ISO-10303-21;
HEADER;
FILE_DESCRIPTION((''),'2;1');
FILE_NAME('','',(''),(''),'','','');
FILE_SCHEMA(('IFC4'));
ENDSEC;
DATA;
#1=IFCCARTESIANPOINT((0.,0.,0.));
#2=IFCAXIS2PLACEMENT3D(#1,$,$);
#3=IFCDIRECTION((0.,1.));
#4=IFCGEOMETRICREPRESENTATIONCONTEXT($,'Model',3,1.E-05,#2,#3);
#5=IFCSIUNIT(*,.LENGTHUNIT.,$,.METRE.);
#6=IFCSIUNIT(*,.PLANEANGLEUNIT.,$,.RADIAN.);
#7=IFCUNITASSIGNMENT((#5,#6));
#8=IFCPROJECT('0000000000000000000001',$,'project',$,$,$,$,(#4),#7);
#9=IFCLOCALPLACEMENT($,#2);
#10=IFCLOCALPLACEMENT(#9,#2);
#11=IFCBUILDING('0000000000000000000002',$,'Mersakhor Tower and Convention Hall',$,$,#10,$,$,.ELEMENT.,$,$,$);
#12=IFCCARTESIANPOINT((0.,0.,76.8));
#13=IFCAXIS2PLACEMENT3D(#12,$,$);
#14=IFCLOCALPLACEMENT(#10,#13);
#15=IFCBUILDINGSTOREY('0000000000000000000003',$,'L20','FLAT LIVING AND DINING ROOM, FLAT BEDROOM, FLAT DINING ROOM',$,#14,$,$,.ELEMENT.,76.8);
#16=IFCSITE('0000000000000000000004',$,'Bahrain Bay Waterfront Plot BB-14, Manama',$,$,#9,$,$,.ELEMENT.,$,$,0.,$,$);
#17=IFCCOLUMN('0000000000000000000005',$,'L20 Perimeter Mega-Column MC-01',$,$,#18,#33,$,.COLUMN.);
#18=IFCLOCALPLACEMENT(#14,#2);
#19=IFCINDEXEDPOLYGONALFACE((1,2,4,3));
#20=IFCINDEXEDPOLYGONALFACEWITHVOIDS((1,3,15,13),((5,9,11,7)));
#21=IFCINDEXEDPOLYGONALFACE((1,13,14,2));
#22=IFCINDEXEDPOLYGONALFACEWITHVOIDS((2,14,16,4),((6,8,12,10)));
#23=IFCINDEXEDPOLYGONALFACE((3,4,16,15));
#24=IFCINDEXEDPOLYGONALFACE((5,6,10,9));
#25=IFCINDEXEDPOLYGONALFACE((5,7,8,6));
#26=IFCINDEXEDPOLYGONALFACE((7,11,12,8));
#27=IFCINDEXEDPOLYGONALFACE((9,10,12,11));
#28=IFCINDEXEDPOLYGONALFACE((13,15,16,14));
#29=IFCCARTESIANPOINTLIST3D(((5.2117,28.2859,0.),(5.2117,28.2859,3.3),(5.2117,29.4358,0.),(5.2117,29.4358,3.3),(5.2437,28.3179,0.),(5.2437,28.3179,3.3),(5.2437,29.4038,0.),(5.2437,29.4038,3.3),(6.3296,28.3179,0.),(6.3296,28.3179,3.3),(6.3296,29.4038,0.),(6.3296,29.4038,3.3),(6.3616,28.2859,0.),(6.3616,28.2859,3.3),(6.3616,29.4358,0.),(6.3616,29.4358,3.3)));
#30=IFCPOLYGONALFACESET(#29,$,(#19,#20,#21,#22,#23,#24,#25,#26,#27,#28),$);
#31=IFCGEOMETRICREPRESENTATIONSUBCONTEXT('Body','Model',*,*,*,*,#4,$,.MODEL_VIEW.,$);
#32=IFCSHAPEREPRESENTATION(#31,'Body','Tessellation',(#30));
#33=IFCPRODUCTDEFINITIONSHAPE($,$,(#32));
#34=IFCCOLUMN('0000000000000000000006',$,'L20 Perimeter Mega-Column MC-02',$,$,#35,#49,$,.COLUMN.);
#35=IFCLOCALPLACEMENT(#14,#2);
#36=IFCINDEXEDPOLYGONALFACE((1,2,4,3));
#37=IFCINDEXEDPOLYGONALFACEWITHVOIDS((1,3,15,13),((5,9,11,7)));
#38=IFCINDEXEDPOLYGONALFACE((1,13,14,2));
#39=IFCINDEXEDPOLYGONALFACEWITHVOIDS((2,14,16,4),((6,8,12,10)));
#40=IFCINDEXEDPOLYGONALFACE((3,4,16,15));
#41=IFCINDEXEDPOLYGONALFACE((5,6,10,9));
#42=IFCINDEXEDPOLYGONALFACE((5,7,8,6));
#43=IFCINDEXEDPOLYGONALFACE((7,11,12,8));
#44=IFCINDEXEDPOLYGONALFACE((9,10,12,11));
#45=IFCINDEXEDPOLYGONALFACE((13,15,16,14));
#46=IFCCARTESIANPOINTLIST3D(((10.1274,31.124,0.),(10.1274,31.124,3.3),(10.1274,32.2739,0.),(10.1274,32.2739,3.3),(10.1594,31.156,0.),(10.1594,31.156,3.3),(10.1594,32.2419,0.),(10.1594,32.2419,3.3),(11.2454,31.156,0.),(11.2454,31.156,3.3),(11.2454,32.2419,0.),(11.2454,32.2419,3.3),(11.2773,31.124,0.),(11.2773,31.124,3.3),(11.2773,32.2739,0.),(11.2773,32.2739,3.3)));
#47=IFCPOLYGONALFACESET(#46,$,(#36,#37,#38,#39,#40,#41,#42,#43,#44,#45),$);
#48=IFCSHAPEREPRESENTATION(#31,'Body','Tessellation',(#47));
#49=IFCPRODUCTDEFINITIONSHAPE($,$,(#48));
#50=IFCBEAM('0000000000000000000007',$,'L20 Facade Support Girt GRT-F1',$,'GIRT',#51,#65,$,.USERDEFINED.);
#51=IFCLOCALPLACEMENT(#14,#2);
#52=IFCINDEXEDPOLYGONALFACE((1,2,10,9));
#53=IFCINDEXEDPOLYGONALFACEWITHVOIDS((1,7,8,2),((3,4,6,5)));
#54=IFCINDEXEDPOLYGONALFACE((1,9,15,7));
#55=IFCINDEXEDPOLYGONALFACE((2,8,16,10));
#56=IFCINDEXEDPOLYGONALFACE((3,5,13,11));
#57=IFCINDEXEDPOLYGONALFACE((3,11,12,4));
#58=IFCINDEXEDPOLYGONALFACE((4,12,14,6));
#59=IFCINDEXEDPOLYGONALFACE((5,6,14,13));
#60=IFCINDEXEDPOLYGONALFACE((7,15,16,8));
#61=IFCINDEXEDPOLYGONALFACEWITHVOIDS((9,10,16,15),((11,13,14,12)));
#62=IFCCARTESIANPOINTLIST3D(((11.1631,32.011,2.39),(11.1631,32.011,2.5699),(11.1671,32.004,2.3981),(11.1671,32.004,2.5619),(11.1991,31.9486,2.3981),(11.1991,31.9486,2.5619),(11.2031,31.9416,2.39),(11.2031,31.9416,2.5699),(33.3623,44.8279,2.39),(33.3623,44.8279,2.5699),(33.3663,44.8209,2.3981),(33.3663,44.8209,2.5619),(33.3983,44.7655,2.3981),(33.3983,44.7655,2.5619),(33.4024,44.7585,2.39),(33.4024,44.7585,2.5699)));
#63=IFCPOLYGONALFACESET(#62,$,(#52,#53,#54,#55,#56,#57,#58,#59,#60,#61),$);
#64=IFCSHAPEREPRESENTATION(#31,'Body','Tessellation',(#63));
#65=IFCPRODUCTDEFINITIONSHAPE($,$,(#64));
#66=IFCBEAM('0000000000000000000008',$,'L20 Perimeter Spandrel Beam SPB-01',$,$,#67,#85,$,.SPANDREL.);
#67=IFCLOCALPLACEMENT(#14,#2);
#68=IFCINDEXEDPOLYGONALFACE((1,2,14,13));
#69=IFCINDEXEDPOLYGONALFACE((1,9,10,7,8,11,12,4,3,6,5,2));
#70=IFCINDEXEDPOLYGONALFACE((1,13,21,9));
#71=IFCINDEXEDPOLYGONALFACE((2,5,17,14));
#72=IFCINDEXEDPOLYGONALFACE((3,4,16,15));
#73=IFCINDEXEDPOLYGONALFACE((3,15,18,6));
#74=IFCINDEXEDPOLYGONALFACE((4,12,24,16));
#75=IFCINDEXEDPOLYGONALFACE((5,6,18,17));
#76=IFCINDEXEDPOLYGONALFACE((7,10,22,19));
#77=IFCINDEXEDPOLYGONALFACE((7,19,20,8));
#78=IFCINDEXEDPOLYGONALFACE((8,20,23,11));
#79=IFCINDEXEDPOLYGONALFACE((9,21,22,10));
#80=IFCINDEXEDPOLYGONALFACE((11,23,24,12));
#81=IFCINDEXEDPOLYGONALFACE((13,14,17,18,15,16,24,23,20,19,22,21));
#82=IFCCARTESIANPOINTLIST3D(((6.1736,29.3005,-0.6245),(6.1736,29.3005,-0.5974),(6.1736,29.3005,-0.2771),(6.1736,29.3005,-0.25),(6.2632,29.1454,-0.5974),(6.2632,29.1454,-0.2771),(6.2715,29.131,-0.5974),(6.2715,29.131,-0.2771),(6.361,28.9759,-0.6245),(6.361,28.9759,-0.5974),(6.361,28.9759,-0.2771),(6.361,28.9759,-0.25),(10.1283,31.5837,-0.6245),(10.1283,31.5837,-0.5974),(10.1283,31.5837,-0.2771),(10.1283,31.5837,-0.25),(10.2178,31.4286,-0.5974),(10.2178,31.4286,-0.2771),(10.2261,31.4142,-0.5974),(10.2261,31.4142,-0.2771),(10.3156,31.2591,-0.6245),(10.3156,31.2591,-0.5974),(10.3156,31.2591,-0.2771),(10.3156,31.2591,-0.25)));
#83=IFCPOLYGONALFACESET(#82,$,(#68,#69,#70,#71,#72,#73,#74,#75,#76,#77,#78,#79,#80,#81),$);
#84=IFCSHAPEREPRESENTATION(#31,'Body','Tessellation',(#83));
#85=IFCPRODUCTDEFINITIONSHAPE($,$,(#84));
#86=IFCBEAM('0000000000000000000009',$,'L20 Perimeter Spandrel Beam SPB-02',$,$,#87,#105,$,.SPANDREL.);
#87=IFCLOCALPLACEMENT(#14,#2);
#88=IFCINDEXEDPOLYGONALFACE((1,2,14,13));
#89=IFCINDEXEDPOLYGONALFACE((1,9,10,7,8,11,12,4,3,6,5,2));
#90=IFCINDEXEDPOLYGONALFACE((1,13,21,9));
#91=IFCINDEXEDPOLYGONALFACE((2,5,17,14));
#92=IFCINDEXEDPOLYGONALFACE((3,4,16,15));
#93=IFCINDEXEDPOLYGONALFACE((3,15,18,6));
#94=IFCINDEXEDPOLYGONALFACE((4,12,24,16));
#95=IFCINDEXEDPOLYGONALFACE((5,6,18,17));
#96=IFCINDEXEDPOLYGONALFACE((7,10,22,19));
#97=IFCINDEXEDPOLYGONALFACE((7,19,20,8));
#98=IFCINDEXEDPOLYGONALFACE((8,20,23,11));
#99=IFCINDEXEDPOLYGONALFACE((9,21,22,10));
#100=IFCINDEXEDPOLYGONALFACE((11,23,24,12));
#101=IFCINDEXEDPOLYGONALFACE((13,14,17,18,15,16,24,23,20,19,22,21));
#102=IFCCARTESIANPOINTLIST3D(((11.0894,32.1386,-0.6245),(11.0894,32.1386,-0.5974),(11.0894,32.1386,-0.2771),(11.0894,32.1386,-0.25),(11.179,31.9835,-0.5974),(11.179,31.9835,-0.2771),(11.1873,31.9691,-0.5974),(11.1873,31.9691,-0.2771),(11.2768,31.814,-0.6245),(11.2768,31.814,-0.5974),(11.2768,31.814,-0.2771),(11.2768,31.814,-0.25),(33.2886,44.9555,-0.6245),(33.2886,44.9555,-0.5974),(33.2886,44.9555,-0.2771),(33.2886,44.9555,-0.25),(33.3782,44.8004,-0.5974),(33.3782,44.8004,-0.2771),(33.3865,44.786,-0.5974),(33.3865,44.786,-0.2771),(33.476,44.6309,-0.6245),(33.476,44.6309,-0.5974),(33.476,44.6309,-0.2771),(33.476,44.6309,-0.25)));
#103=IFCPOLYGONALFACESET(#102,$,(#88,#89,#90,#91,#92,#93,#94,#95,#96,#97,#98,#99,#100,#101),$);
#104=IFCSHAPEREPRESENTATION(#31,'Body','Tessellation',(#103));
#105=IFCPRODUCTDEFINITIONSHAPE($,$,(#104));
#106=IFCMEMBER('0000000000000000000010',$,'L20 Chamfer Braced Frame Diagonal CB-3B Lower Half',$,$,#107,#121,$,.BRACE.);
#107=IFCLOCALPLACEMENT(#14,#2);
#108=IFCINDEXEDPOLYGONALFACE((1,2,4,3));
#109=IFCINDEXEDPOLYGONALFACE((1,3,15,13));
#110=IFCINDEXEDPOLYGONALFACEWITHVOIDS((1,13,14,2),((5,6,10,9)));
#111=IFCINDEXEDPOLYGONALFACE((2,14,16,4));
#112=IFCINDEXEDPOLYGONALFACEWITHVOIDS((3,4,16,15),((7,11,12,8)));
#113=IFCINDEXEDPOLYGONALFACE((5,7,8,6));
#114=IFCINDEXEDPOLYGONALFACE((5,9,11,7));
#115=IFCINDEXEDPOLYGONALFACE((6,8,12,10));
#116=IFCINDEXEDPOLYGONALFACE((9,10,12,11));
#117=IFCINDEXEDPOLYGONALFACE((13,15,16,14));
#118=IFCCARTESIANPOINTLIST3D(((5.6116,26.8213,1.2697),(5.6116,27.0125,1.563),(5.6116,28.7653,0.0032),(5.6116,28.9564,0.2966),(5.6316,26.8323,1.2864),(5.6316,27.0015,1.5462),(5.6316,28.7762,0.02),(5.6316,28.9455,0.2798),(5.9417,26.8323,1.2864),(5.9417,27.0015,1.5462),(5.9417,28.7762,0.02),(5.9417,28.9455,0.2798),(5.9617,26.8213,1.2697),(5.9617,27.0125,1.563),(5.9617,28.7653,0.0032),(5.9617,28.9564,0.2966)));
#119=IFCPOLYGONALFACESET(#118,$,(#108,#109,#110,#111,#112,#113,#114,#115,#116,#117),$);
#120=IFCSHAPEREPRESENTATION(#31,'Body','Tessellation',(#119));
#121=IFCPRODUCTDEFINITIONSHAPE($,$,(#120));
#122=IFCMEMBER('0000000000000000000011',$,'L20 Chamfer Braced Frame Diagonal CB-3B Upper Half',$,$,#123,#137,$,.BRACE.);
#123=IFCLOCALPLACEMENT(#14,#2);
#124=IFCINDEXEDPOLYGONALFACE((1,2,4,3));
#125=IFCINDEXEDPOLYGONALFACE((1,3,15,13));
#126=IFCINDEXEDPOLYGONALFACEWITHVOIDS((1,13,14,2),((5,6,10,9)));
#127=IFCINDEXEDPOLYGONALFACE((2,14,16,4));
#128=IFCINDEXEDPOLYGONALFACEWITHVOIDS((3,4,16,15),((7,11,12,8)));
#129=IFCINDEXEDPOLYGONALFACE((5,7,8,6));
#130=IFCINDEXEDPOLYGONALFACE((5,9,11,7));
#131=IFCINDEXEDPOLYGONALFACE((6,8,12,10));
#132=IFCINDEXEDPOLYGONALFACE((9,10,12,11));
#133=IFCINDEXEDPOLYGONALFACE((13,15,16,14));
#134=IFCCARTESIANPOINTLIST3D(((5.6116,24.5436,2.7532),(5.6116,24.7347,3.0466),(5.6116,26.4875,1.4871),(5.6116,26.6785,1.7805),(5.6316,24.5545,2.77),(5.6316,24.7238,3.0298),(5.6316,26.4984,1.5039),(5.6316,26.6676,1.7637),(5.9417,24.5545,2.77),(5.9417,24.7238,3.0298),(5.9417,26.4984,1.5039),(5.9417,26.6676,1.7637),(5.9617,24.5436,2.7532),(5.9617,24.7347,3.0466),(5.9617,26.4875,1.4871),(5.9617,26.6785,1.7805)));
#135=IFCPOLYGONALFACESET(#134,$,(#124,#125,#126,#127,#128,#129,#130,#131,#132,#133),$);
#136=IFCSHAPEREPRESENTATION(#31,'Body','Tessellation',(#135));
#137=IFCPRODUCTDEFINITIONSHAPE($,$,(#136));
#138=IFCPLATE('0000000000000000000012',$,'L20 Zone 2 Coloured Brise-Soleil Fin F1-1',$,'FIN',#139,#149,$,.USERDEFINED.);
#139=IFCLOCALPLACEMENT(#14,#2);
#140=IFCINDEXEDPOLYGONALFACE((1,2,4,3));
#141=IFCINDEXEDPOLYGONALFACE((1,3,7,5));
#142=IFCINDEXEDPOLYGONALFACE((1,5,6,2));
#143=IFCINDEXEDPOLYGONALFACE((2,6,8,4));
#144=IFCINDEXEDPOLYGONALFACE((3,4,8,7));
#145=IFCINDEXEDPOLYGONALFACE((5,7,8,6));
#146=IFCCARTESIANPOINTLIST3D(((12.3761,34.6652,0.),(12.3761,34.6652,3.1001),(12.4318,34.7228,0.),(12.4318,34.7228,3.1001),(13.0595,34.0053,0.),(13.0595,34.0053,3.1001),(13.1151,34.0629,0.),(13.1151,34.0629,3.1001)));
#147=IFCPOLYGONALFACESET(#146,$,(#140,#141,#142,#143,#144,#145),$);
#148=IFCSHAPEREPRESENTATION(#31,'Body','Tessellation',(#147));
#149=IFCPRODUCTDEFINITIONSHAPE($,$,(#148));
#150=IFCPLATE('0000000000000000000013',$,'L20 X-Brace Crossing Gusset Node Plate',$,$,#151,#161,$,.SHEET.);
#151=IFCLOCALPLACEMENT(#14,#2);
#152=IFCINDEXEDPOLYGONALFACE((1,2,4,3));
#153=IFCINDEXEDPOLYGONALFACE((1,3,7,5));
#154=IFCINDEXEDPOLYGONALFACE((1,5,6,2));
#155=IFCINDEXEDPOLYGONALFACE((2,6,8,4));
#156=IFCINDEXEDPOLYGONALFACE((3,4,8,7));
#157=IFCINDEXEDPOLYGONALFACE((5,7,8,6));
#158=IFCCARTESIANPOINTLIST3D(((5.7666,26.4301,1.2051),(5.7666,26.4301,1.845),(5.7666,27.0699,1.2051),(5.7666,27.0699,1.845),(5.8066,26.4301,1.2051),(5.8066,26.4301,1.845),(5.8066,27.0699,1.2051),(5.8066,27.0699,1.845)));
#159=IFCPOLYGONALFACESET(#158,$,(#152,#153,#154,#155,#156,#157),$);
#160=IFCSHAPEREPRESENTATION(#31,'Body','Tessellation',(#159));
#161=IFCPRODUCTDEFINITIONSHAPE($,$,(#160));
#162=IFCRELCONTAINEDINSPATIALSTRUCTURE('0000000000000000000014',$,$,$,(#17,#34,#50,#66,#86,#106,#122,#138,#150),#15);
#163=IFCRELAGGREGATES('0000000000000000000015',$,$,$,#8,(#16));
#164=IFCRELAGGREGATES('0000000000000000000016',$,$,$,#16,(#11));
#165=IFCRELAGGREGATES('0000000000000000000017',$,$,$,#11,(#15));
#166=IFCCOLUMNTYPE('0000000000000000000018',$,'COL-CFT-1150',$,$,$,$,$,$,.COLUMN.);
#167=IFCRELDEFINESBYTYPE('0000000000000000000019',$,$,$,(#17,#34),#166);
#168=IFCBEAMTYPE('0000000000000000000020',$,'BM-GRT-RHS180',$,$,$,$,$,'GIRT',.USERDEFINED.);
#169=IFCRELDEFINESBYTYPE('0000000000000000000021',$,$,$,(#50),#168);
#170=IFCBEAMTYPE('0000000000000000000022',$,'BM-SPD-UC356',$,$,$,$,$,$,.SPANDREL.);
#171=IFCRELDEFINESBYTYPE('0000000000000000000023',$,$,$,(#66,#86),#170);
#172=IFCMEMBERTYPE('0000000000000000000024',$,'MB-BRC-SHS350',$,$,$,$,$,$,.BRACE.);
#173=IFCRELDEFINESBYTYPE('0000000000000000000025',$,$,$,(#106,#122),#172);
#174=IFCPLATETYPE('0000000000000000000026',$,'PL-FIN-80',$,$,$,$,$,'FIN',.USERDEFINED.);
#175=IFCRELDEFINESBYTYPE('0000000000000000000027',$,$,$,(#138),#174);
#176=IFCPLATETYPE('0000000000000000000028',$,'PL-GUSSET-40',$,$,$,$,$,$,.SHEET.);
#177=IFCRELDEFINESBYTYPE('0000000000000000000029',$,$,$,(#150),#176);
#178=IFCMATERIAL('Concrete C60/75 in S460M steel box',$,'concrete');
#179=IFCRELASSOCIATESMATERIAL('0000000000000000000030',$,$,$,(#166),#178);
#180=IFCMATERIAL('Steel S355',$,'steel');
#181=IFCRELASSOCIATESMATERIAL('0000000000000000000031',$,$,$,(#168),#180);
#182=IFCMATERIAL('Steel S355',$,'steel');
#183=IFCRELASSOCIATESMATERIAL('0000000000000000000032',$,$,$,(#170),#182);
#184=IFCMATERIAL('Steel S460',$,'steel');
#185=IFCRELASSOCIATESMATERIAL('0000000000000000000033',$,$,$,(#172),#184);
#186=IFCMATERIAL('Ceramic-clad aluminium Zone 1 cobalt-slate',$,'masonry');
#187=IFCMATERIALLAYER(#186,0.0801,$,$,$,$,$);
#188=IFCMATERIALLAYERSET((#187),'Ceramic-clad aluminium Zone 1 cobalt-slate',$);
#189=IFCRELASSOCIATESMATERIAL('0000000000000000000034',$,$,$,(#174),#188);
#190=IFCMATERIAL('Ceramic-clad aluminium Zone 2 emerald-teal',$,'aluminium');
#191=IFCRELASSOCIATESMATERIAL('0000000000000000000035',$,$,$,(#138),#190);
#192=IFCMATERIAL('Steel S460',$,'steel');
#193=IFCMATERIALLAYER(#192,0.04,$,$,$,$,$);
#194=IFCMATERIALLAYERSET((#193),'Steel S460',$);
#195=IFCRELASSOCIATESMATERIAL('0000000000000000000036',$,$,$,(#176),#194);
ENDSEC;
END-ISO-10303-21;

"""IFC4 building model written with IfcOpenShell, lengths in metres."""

from ifc_helpers import new_model, si_unit, direction, frame, origin, origin_2d, place, context, subcontext, project, spatial, rectangle, hollow_rectangle, i_section, extrude, material, layer, layer_set, material_profile, profile_set, type_object, element, save


model = new_model("IFC4")

# Units and contexts
model_context = context("Model", 3, precision=1e-05, world=origin(), true_north=direction((0.0, 1.0)))
body_context = subcontext(model_context, "Body", "Model", "MODEL_VIEW")
ifc_project = project(units=[si_unit("LENGTHUNIT", "METRE"), si_unit("PLANEANGLEUNIT", "RADIAN")], contexts=[model_context])

# Site, building, storey
site_placement = place(None, origin())
site = spatial("IfcSite", under=ifc_project, at=site_placement, Name="Bahrain Bay Waterfront Plot BB-14, Manama", CompositionType="ELEMENT", RefElevation=0.0)
building_placement = place(site_placement, origin())
building = spatial("IfcBuilding", under=site, at=building_placement, Name="Mersakhor Tower and Convention Hall", CompositionType="ELEMENT")
storey_placement = place(building_placement, frame((0.0, 0.0, 76.8)))
storey = spatial("IfcBuildingStorey", under=building, at=storey_placement, Name="L20", Description="FLAT LIVING AND DINING ROOM, FLAT BEDROOM, FLAT DINING ROOM", CompositionType="ELEMENT", Elevation=76.8)

# Columns
ifc_material_1 = material(Name="Concrete C60/75 in S460M steel box", Category="concrete")
ifc_material_profile_1 = material_profile(ifc_material_1, hollow_rectangle(XDim=1.1499, YDim=1.1499, WallThickness=0.032, at=origin_2d()), Name="SHS 1150x1150x32")
ifc_profile_set_1 = profile_set([ifc_material_profile_1], Name="Concrete C60/75 in S460M steel box")
column_type = type_object("IfcColumnType", Name="COL-CFT-1150", PredefinedType="COLUMN", material=ifc_profile_set_1)
for number, where, z_axis, x_axis, name in (
    (1, (5.7866, 28.8608, 0.0), (0.0, 0.0, 1.0), (1.0, 0.0, 0.0), "L20 Perimeter Mega-Column MC-01"),
    (2, (10.7024, 31.699, 0.0), (0.0, 0.0, 1.0), (1.0, 0.0, 0.0), "L20 Perimeter Mega-Column MC-02"),
):
    element("IfcColumn", number, at=place(storey_placement, frame(where, z_axis=z_axis, x_axis=x_axis)), inside=storey, type_object=column_type, Name=name, PredefinedType="COLUMN", context=body_context, shape_type="SweptSolid", body=[
        extrude(hollow_rectangle(XDim=1.1499, YDim=1.1499, WallThickness=0.032, at=origin_2d()), origin(), (0.0, 0.0, 1.0), 3.3),
    ])

# Beams
ifc_material_2 = material(Name="Steel S355", Category="steel")
ifc_material_profile_2 = material_profile(ifc_material_2, hollow_rectangle(XDim=0.0801, YDim=0.1799, WallThickness=0.0081, at=origin_2d()), Name="RHS 180x80x8")
ifc_profile_set_2 = profile_set([ifc_material_profile_2], Name="Steel S355")
beam_type_1 = type_object("IfcBeamType", Name="BM-GRT-RHS180", ElementType="GIRT", PredefinedType="USERDEFINED", material=ifc_profile_set_2)
beam_1_placement = place(storey_placement, frame((11.1831, 31.9763, 2.48), z_axis=(0.866023, 0.500005, 0.0), x_axis=(-0.500005, 0.866023, 0.0)))
element("IfcBeam", 3, at=beam_1_placement, inside=storey, type_object=beam_type_1, Name="L20 Facade Support Girt GRT-F1", ObjectType="GIRT", PredefinedType="USERDEFINED", context=body_context, shape_type="SweptSolid", body=[
    extrude(hollow_rectangle(XDim=0.0801, YDim=0.1799, WallThickness=0.0081, at=origin_2d()), origin(), (0.0, 0.0, 1.0), 25.6335),
])
ifc_material_3 = material(Name="Steel S355", Category="steel")
ifc_material_profile_3 = material_profile(ifc_material_3, i_section(OverallWidth=0.3748, OverallDepth=0.3745, WebThickness=0.0166, FlangeThickness=0.0271, at=origin_2d()), Name="UC 356x368x202")
ifc_profile_set_3 = profile_set([ifc_material_profile_3], Name="Steel S355")
beam_type_2 = type_object("IfcBeamType", Name="BM-SPD-UC356", PredefinedType="SPANDREL", material=ifc_profile_set_3)
beam_2_placement = place(storey_placement, frame((6.2673, 29.1382, -0.4373), z_axis=(0.866024, 0.500003, 0.0), x_axis=(-0.500003, 0.866024, 0.0)))
element("IfcBeam", 4, at=beam_2_placement, inside=storey, type_object=beam_type_2, Name="L20 Perimeter Spandrel Beam SPB-01", PredefinedType="SPANDREL", context=body_context, shape_type="SweptSolid", body=[
    extrude(i_section(OverallWidth=0.3748, OverallDepth=0.3745, WebThickness=0.0166, FlangeThickness=0.0271, at=origin_2d()), origin(), (0.0, 0.0, 1.0), 4.5664),
])
beam_3_placement = place(storey_placement, frame((11.1831, 31.9763, -0.4373), z_axis=(0.866023, 0.500005, 0.0), x_axis=(-0.500005, 0.866023, 0.0)))
element("IfcBeam", 5, at=beam_3_placement, inside=storey, type_object=beam_type_2, Name="L20 Perimeter Spandrel Beam SPB-02", PredefinedType="SPANDREL", context=body_context, shape_type="SweptSolid", body=[
    extrude(i_section(OverallWidth=0.3748, OverallDepth=0.3745, WebThickness=0.0166, FlangeThickness=0.0271, at=origin_2d()), origin(), (0.0, 0.0, 1.0), 25.6335),
])

# Members
ifc_material_4 = material(Name="Steel S460", Category="steel")
ifc_material_profile_4 = material_profile(ifc_material_4, hollow_rectangle(XDim=0.3501, YDim=0.3501, WallThickness=0.02, at=origin_2d()), Name="SHS 350x350x20")
ifc_profile_set_4 = profile_set([ifc_material_profile_4], Name="Steel S460")
member_type = type_object("IfcMemberType", Name="MB-BRC-SHS350", PredefinedType="BRACE", material=ifc_profile_set_4)
member_1_placement = place(storey_placement, frame((5.7866, 28.8608, 0.1499), z_axis=(0.0, -0.837881, 0.545854), x_axis=(1.0, 0.0, 0.0)))
element("IfcMember", 6, at=member_1_placement, inside=storey, type_object=member_type, Name="L20 Chamfer Braced Frame Diagonal CB-3B Lower Half", PredefinedType="BRACE", context=body_context, shape_type="SweptSolid", body=[
    extrude(hollow_rectangle(XDim=0.3501, YDim=0.3501, WallThickness=0.02, at=origin_2d()), origin(), (0.0, 0.0, 1.0), 2.3201),
])
member_2_placement = place(storey_placement, frame((5.7866, 26.583, 1.6338), z_axis=(0.0, -0.837929, 0.54578), x_axis=(1.0, 0.0, 0.0)))
element("IfcMember", 7, at=member_2_placement, inside=storey, type_object=member_type, Name="L20 Chamfer Braced Frame Diagonal CB-3B Upper Half", PredefinedType="BRACE", context=body_context, shape_type="SweptSolid", body=[
    extrude(hollow_rectangle(XDim=0.3501, YDim=0.3501, WallThickness=0.02, at=origin_2d()), origin(), (0.0, 0.0, 1.0), 2.3198),
])

# Plates
ifc_material_5 = material(Name="Ceramic-clad aluminium Zone 2 emerald-teal", Category="aluminium")
ifc_material_6 = material(Name="Ceramic-clad aluminium Zone 1 cobalt-slate", Category="masonry")
ifc_layer_1 = layer(ifc_material_6, 0.0801)
ifc_layer_set_1 = layer_set([ifc_layer_1], Name="Ceramic-clad aluminium Zone 1 cobalt-slate")
plate_type_1 = type_object("IfcPlateType", Name="PL-FIN-80", ElementType="FIN", PredefinedType="USERDEFINED", material=ifc_layer_set_1)
plate_1_placement = place(storey_placement, frame((12.7456, 34.364, 0.0), z_axis=(0.0, 0.0, 1.0), x_axis=(-0.71934, 0.694658, 0.0)))
element("IfcPlate", 8, at=plate_1_placement, inside=storey, type_object=plate_type_1, material=ifc_material_5, Name="L20 Zone 2 Coloured Brise-Soleil Fin F1-1", ObjectType="FIN", PredefinedType="USERDEFINED", context=body_context, shape_type="SweptSolid", body=[
    extrude(rectangle(XDim=0.95, YDim=0.0801, at=origin_2d()), origin(), (0.0, 0.0, 1.0), 3.1001),
])
ifc_material_7 = material(Name="Steel S460", Category="steel")
ifc_layer_2 = layer(ifc_material_7, 0.04)
ifc_layer_set_2 = layer_set([ifc_layer_2], Name="Steel S460")
plate_type_2 = type_object("IfcPlateType", Name="PL-GUSSET-40", PredefinedType="SHEET", material=ifc_layer_set_2)
plate_2_placement = place(storey_placement, frame((5.7866, 26.75, 1.2051), z_axis=(0.0, 0.0, 1.0), x_axis=(0.0, -1.0, 0.0)))
element("IfcPlate", 9, at=plate_2_placement, inside=storey, type_object=plate_type_2, Name="L20 X-Brace Crossing Gusset Node Plate", PredefinedType="SHEET", context=body_context, shape_type="SweptSolid", body=[
    extrude(rectangle(XDim=0.6399, YDim=0.04, at=origin_2d()), origin(), (0.0, 0.0, 1.0), 0.6399),
])

save(model, "model.ifc")
